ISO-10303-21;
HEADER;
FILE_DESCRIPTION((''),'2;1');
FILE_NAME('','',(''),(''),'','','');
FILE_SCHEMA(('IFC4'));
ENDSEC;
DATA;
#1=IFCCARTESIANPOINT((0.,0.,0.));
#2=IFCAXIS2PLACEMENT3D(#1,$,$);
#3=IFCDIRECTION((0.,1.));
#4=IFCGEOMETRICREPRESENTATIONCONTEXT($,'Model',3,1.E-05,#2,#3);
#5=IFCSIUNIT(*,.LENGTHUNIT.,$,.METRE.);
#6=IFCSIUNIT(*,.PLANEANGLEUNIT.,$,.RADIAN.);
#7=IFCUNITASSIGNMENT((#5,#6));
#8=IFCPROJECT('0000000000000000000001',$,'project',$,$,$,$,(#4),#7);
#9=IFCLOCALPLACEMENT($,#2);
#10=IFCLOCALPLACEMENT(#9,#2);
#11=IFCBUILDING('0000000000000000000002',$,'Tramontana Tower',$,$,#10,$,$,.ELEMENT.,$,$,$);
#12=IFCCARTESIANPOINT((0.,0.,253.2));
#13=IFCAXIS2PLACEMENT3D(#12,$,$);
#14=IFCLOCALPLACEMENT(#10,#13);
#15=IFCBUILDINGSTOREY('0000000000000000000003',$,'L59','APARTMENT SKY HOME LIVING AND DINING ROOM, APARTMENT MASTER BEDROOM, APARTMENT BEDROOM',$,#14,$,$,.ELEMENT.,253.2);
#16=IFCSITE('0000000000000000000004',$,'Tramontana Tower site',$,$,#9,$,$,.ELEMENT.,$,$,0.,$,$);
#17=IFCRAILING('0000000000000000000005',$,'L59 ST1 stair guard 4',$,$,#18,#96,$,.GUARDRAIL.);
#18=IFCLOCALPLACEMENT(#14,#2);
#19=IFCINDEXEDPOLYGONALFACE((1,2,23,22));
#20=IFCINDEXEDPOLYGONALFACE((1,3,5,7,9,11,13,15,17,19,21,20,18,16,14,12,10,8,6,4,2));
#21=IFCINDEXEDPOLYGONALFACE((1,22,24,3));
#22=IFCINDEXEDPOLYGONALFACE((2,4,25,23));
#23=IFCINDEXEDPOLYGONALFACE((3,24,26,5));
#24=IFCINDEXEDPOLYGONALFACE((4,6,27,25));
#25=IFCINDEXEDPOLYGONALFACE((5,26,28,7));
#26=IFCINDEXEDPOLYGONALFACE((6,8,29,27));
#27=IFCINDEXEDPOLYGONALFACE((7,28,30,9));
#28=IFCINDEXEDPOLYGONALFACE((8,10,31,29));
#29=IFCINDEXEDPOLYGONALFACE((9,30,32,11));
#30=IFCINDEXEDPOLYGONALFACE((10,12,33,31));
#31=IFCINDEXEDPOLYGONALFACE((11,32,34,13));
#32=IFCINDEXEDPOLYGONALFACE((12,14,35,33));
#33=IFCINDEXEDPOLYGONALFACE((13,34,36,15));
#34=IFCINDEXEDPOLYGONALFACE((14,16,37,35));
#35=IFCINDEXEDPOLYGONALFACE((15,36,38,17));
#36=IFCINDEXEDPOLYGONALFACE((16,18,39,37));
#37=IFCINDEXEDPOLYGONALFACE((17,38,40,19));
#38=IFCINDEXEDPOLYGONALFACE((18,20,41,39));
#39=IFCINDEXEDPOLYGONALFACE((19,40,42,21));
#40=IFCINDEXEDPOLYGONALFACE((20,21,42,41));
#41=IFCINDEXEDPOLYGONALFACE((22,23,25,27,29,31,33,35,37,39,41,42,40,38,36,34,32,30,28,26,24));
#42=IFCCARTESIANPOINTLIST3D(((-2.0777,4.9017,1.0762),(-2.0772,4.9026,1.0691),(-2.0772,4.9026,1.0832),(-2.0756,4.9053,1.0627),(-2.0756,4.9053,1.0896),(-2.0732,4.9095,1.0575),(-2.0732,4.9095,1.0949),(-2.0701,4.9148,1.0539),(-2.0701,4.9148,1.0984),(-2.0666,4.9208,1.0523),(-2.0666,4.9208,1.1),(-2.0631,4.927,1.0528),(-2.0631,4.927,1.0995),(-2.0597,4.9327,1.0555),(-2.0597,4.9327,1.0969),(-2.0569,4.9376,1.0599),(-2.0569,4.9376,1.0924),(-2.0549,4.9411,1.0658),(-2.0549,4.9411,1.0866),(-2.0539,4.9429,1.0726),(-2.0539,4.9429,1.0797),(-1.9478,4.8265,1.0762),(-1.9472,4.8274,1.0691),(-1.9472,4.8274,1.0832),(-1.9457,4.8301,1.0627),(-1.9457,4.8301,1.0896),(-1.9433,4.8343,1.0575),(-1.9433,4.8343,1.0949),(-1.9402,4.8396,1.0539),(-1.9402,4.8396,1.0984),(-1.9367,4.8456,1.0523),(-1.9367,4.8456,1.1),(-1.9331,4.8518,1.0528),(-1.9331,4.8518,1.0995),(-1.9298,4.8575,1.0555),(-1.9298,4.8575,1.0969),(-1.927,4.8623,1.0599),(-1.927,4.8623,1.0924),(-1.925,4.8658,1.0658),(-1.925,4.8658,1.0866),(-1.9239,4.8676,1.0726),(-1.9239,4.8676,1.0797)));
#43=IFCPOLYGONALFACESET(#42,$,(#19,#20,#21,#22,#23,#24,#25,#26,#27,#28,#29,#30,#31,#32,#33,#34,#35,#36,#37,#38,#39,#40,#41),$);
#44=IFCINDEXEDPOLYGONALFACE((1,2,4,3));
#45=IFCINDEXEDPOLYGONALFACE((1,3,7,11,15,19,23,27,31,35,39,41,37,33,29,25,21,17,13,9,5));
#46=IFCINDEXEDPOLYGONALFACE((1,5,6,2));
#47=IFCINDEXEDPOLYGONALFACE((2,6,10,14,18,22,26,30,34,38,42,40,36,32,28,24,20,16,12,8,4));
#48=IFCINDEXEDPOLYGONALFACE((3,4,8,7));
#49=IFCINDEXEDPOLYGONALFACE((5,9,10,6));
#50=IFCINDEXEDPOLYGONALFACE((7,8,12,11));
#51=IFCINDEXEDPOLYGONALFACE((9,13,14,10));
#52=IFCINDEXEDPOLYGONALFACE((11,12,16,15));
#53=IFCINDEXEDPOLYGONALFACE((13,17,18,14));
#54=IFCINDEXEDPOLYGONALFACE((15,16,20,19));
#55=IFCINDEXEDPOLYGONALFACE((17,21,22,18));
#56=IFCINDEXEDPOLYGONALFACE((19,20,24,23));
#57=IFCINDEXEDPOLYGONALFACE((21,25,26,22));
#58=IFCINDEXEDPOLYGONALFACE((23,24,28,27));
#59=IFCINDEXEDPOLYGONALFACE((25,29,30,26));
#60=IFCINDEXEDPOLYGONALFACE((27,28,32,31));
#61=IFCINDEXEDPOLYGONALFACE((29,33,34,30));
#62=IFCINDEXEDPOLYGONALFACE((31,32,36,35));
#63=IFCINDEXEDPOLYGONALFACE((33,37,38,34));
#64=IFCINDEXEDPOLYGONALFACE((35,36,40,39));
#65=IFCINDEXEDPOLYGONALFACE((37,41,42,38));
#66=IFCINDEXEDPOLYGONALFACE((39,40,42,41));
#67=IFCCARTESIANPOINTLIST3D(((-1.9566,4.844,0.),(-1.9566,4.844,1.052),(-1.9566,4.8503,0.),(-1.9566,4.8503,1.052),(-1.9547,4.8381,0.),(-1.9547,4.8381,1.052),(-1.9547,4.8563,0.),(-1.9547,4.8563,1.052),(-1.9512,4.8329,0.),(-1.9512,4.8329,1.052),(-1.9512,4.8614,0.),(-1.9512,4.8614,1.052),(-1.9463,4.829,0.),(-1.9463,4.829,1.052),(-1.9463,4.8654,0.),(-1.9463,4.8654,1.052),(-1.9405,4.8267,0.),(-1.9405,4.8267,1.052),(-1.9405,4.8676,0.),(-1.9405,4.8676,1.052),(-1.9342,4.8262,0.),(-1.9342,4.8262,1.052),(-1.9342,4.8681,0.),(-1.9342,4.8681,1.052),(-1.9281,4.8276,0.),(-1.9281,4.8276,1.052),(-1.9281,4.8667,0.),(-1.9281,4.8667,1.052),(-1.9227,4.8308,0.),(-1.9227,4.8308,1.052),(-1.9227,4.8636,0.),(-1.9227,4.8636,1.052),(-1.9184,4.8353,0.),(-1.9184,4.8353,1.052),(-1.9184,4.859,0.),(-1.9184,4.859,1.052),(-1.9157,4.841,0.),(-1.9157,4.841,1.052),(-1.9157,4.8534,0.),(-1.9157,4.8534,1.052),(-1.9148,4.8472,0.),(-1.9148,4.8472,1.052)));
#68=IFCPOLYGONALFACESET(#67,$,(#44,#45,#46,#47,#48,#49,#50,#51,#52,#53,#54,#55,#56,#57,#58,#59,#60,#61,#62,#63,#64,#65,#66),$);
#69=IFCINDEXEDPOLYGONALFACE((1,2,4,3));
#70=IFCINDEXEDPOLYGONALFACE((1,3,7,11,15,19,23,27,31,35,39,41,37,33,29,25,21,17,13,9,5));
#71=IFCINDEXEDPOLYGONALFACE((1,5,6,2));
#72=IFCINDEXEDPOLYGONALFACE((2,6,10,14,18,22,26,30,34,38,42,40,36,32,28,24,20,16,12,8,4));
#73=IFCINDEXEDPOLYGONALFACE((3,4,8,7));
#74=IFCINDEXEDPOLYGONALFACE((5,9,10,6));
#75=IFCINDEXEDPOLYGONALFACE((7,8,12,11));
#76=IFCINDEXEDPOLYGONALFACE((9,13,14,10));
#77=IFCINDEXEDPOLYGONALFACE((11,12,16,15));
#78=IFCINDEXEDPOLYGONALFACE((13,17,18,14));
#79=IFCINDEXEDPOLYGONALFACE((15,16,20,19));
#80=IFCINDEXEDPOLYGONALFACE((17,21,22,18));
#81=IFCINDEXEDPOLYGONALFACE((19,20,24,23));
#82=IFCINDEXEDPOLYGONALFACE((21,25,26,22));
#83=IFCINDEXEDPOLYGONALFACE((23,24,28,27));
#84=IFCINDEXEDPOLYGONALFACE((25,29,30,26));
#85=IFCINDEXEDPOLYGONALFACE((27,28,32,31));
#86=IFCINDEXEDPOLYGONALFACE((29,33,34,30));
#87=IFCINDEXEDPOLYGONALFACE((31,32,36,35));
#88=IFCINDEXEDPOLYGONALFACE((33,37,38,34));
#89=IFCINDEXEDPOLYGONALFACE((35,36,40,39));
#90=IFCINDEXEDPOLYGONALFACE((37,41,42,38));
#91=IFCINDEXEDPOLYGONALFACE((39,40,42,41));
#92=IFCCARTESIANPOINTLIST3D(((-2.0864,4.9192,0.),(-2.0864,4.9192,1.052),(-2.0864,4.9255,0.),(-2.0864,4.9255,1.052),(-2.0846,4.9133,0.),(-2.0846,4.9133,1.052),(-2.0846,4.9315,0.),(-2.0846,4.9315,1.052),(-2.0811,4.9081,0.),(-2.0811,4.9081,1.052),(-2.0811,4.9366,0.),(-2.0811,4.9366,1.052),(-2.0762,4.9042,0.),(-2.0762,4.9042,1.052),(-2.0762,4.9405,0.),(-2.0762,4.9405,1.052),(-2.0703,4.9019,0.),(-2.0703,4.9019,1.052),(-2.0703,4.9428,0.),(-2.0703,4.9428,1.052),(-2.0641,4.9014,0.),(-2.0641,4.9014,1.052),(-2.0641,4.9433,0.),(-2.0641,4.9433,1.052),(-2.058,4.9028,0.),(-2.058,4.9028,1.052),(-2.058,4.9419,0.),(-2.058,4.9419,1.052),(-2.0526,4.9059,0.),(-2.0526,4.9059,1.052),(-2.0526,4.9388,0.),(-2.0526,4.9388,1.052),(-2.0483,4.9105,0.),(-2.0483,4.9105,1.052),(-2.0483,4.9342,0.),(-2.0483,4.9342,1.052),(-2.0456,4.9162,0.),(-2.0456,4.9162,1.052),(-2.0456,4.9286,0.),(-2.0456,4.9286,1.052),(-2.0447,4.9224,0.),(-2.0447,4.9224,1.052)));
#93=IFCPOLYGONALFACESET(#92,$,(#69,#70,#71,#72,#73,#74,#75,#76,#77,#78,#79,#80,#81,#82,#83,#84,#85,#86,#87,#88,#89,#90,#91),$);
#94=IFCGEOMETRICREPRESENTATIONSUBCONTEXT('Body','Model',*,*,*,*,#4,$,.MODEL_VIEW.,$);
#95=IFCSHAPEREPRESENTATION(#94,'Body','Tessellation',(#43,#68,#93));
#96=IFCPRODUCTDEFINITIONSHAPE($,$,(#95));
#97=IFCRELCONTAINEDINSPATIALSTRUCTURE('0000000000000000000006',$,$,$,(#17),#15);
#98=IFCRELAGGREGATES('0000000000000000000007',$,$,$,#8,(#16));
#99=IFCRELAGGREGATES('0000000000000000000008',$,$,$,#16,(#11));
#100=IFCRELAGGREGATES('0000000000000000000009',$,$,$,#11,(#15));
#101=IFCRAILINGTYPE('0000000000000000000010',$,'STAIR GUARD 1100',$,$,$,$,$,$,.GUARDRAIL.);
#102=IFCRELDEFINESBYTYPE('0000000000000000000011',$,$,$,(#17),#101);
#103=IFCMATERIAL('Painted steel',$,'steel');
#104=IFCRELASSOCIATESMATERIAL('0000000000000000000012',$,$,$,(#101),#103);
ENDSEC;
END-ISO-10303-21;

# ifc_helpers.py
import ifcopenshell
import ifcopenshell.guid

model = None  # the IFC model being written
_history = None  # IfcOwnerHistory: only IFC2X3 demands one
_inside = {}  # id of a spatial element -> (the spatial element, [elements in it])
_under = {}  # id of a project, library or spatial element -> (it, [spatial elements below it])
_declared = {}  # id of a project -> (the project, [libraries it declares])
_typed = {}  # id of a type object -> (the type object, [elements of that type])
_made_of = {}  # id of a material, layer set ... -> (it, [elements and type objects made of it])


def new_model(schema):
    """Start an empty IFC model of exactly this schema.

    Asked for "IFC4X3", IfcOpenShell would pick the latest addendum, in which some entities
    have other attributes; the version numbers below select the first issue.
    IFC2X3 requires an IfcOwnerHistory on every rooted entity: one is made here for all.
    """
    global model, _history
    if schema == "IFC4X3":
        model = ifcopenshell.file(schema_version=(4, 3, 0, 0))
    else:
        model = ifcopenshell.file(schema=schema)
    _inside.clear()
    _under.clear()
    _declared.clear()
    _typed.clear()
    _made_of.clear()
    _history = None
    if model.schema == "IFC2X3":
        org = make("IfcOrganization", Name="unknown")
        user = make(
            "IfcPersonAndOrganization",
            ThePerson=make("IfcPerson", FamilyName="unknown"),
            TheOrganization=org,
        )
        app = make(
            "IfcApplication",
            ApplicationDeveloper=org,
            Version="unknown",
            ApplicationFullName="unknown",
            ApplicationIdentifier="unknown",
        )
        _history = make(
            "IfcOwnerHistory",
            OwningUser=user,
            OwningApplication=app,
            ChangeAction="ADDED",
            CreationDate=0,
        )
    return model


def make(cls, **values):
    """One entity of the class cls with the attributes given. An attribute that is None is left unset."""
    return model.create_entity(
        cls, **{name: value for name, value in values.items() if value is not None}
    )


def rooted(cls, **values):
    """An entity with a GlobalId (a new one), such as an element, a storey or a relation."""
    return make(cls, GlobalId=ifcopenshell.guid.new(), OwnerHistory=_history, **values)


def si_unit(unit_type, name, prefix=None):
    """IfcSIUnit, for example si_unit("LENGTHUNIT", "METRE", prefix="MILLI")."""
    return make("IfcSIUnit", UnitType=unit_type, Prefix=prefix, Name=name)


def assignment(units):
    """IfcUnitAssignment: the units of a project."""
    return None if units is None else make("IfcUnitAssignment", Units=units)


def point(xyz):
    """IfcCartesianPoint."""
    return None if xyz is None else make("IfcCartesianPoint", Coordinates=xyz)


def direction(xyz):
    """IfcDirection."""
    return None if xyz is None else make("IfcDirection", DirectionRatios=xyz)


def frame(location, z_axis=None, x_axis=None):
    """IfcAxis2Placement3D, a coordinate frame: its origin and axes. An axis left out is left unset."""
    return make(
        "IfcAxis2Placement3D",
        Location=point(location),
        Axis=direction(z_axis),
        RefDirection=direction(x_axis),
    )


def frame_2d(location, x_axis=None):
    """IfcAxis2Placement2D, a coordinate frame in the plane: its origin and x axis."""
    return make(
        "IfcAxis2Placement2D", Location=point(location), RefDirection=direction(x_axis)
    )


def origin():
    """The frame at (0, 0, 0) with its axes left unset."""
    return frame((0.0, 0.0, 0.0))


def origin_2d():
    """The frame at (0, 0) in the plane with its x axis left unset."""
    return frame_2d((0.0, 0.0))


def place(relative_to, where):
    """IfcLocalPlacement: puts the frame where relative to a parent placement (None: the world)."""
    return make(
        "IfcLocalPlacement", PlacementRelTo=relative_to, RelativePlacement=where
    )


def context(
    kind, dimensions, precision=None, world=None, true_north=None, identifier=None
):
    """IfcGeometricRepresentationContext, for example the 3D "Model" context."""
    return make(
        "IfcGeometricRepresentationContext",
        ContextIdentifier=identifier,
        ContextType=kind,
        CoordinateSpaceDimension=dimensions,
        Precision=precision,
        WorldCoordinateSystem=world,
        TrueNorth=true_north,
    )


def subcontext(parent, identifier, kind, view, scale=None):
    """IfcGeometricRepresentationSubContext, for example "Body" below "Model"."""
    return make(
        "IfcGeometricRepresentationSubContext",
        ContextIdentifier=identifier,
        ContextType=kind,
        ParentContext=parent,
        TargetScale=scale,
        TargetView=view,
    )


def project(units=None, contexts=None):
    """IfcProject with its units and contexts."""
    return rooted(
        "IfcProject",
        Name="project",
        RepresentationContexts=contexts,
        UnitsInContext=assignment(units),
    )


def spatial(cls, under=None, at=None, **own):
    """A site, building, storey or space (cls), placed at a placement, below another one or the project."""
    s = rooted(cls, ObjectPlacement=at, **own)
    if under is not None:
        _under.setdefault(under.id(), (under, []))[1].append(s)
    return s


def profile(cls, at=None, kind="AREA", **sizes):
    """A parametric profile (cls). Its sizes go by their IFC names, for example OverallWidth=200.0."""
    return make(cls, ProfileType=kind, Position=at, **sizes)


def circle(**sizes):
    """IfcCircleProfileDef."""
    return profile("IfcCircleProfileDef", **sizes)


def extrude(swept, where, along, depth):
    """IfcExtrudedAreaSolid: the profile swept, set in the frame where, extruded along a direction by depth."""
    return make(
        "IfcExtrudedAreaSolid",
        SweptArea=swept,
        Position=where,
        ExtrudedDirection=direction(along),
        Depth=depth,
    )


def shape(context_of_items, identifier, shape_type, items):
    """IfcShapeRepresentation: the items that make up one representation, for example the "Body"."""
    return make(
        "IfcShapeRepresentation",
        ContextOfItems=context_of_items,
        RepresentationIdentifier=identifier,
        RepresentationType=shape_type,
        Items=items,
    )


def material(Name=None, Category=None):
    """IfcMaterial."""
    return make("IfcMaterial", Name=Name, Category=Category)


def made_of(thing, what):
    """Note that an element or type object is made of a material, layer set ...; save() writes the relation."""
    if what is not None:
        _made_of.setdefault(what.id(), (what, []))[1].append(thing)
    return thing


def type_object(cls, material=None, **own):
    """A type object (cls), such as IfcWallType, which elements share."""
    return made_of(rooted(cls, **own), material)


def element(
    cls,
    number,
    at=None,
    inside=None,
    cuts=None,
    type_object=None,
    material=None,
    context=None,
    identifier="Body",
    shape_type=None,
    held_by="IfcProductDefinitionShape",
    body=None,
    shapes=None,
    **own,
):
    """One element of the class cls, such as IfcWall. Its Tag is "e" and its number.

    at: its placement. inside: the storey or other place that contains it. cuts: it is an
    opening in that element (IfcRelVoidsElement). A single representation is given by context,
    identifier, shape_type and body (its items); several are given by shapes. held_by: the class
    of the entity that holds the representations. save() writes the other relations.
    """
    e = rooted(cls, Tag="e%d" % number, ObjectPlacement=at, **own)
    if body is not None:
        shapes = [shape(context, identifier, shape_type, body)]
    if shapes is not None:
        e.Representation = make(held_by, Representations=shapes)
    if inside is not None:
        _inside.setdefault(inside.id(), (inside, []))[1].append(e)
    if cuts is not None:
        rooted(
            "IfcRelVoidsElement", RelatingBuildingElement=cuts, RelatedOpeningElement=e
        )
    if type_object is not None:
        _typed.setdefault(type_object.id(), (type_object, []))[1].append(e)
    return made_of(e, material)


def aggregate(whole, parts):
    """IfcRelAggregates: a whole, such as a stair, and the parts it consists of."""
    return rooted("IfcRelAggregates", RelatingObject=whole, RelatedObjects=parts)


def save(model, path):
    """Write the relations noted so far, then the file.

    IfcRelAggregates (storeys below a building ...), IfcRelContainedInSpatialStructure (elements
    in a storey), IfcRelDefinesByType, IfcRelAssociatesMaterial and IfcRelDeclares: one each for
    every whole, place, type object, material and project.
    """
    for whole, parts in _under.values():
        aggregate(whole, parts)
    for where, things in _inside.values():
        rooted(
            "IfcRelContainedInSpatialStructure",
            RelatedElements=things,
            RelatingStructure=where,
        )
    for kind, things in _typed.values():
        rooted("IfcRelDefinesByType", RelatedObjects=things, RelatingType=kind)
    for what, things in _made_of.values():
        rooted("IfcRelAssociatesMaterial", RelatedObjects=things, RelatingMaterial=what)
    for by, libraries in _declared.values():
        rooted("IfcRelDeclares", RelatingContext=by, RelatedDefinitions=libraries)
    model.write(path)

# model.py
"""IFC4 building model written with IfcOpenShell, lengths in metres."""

from ifc_helpers import new_model, si_unit, direction, frame, origin, origin_2d, place, context, subcontext, project, spatial, circle, extrude, material, type_object, element, save


model = new_model("IFC4")

# Units and contexts
model_context = context("Model", 3, precision=1e-05, world=origin(), true_north=direction((0.0, 1.0)))
body_context = subcontext(model_context, "Body", "Model", "MODEL_VIEW")
ifc_project = project(units=[si_unit("LENGTHUNIT", "METRE"), si_unit("PLANEANGLEUNIT", "RADIAN")], contexts=[model_context])

# Site, building, storey
site_placement = place(None, origin())
site = spatial("IfcSite", under=ifc_project, at=site_placement, Name="Tramontana Tower site", CompositionType="ELEMENT", RefElevation=0.0)
building_placement = place(site_placement, origin())
building = spatial("IfcBuilding", under=site, at=building_placement, Name="Tramontana Tower", CompositionType="ELEMENT")
storey_placement = place(building_placement, frame((0.0, 0.0, 253.2)))
storey = spatial("IfcBuildingStorey", under=building, at=storey_placement, Name="L59", Description="APARTMENT SKY HOME LIVING AND DINING ROOM, APARTMENT MASTER BEDROOM, APARTMENT BEDROOM", CompositionType="ELEMENT", Elevation=253.2)

# Railing
ifc_material_1 = material(Name="Painted steel", Category="steel")
railing_type_1 = type_object("IfcRailingType", Name="STAIR GUARD 1100", PredefinedType="GUARDRAIL", material=ifc_material_1)
railing_1_placement = place(storey_placement, frame((-1.9358, 4.8472, 0.0)))
element("IfcRailing", 1, at=railing_1_placement, inside=storey, type_object=railing_type_1, Name="L59 ST1 stair guard 4", PredefinedType="GUARDRAIL", context=body_context, shape_type="SweptSolid", body=[
    extrude(circle(Radius=0.0239, at=origin_2d()), frame((0.0, 0.0, 1.0762), z_axis=(-0.865426, 0.501036, 0.0), x_axis=(-0.501036, -0.865426, 0.0)), (0.0, 0.0, 1.0), 0.1501),
    extrude(circle(Radius=0.021, at=origin_2d()), origin(), (0.0, 0.0, 1.0), 1.052),
    extrude(circle(Radius=0.021, at=origin_2d()), frame((-0.1299, 0.0752, 0.0)), (0.0, 0.0, 1.0), 1.052),
])

save(model, "model.ifc")
